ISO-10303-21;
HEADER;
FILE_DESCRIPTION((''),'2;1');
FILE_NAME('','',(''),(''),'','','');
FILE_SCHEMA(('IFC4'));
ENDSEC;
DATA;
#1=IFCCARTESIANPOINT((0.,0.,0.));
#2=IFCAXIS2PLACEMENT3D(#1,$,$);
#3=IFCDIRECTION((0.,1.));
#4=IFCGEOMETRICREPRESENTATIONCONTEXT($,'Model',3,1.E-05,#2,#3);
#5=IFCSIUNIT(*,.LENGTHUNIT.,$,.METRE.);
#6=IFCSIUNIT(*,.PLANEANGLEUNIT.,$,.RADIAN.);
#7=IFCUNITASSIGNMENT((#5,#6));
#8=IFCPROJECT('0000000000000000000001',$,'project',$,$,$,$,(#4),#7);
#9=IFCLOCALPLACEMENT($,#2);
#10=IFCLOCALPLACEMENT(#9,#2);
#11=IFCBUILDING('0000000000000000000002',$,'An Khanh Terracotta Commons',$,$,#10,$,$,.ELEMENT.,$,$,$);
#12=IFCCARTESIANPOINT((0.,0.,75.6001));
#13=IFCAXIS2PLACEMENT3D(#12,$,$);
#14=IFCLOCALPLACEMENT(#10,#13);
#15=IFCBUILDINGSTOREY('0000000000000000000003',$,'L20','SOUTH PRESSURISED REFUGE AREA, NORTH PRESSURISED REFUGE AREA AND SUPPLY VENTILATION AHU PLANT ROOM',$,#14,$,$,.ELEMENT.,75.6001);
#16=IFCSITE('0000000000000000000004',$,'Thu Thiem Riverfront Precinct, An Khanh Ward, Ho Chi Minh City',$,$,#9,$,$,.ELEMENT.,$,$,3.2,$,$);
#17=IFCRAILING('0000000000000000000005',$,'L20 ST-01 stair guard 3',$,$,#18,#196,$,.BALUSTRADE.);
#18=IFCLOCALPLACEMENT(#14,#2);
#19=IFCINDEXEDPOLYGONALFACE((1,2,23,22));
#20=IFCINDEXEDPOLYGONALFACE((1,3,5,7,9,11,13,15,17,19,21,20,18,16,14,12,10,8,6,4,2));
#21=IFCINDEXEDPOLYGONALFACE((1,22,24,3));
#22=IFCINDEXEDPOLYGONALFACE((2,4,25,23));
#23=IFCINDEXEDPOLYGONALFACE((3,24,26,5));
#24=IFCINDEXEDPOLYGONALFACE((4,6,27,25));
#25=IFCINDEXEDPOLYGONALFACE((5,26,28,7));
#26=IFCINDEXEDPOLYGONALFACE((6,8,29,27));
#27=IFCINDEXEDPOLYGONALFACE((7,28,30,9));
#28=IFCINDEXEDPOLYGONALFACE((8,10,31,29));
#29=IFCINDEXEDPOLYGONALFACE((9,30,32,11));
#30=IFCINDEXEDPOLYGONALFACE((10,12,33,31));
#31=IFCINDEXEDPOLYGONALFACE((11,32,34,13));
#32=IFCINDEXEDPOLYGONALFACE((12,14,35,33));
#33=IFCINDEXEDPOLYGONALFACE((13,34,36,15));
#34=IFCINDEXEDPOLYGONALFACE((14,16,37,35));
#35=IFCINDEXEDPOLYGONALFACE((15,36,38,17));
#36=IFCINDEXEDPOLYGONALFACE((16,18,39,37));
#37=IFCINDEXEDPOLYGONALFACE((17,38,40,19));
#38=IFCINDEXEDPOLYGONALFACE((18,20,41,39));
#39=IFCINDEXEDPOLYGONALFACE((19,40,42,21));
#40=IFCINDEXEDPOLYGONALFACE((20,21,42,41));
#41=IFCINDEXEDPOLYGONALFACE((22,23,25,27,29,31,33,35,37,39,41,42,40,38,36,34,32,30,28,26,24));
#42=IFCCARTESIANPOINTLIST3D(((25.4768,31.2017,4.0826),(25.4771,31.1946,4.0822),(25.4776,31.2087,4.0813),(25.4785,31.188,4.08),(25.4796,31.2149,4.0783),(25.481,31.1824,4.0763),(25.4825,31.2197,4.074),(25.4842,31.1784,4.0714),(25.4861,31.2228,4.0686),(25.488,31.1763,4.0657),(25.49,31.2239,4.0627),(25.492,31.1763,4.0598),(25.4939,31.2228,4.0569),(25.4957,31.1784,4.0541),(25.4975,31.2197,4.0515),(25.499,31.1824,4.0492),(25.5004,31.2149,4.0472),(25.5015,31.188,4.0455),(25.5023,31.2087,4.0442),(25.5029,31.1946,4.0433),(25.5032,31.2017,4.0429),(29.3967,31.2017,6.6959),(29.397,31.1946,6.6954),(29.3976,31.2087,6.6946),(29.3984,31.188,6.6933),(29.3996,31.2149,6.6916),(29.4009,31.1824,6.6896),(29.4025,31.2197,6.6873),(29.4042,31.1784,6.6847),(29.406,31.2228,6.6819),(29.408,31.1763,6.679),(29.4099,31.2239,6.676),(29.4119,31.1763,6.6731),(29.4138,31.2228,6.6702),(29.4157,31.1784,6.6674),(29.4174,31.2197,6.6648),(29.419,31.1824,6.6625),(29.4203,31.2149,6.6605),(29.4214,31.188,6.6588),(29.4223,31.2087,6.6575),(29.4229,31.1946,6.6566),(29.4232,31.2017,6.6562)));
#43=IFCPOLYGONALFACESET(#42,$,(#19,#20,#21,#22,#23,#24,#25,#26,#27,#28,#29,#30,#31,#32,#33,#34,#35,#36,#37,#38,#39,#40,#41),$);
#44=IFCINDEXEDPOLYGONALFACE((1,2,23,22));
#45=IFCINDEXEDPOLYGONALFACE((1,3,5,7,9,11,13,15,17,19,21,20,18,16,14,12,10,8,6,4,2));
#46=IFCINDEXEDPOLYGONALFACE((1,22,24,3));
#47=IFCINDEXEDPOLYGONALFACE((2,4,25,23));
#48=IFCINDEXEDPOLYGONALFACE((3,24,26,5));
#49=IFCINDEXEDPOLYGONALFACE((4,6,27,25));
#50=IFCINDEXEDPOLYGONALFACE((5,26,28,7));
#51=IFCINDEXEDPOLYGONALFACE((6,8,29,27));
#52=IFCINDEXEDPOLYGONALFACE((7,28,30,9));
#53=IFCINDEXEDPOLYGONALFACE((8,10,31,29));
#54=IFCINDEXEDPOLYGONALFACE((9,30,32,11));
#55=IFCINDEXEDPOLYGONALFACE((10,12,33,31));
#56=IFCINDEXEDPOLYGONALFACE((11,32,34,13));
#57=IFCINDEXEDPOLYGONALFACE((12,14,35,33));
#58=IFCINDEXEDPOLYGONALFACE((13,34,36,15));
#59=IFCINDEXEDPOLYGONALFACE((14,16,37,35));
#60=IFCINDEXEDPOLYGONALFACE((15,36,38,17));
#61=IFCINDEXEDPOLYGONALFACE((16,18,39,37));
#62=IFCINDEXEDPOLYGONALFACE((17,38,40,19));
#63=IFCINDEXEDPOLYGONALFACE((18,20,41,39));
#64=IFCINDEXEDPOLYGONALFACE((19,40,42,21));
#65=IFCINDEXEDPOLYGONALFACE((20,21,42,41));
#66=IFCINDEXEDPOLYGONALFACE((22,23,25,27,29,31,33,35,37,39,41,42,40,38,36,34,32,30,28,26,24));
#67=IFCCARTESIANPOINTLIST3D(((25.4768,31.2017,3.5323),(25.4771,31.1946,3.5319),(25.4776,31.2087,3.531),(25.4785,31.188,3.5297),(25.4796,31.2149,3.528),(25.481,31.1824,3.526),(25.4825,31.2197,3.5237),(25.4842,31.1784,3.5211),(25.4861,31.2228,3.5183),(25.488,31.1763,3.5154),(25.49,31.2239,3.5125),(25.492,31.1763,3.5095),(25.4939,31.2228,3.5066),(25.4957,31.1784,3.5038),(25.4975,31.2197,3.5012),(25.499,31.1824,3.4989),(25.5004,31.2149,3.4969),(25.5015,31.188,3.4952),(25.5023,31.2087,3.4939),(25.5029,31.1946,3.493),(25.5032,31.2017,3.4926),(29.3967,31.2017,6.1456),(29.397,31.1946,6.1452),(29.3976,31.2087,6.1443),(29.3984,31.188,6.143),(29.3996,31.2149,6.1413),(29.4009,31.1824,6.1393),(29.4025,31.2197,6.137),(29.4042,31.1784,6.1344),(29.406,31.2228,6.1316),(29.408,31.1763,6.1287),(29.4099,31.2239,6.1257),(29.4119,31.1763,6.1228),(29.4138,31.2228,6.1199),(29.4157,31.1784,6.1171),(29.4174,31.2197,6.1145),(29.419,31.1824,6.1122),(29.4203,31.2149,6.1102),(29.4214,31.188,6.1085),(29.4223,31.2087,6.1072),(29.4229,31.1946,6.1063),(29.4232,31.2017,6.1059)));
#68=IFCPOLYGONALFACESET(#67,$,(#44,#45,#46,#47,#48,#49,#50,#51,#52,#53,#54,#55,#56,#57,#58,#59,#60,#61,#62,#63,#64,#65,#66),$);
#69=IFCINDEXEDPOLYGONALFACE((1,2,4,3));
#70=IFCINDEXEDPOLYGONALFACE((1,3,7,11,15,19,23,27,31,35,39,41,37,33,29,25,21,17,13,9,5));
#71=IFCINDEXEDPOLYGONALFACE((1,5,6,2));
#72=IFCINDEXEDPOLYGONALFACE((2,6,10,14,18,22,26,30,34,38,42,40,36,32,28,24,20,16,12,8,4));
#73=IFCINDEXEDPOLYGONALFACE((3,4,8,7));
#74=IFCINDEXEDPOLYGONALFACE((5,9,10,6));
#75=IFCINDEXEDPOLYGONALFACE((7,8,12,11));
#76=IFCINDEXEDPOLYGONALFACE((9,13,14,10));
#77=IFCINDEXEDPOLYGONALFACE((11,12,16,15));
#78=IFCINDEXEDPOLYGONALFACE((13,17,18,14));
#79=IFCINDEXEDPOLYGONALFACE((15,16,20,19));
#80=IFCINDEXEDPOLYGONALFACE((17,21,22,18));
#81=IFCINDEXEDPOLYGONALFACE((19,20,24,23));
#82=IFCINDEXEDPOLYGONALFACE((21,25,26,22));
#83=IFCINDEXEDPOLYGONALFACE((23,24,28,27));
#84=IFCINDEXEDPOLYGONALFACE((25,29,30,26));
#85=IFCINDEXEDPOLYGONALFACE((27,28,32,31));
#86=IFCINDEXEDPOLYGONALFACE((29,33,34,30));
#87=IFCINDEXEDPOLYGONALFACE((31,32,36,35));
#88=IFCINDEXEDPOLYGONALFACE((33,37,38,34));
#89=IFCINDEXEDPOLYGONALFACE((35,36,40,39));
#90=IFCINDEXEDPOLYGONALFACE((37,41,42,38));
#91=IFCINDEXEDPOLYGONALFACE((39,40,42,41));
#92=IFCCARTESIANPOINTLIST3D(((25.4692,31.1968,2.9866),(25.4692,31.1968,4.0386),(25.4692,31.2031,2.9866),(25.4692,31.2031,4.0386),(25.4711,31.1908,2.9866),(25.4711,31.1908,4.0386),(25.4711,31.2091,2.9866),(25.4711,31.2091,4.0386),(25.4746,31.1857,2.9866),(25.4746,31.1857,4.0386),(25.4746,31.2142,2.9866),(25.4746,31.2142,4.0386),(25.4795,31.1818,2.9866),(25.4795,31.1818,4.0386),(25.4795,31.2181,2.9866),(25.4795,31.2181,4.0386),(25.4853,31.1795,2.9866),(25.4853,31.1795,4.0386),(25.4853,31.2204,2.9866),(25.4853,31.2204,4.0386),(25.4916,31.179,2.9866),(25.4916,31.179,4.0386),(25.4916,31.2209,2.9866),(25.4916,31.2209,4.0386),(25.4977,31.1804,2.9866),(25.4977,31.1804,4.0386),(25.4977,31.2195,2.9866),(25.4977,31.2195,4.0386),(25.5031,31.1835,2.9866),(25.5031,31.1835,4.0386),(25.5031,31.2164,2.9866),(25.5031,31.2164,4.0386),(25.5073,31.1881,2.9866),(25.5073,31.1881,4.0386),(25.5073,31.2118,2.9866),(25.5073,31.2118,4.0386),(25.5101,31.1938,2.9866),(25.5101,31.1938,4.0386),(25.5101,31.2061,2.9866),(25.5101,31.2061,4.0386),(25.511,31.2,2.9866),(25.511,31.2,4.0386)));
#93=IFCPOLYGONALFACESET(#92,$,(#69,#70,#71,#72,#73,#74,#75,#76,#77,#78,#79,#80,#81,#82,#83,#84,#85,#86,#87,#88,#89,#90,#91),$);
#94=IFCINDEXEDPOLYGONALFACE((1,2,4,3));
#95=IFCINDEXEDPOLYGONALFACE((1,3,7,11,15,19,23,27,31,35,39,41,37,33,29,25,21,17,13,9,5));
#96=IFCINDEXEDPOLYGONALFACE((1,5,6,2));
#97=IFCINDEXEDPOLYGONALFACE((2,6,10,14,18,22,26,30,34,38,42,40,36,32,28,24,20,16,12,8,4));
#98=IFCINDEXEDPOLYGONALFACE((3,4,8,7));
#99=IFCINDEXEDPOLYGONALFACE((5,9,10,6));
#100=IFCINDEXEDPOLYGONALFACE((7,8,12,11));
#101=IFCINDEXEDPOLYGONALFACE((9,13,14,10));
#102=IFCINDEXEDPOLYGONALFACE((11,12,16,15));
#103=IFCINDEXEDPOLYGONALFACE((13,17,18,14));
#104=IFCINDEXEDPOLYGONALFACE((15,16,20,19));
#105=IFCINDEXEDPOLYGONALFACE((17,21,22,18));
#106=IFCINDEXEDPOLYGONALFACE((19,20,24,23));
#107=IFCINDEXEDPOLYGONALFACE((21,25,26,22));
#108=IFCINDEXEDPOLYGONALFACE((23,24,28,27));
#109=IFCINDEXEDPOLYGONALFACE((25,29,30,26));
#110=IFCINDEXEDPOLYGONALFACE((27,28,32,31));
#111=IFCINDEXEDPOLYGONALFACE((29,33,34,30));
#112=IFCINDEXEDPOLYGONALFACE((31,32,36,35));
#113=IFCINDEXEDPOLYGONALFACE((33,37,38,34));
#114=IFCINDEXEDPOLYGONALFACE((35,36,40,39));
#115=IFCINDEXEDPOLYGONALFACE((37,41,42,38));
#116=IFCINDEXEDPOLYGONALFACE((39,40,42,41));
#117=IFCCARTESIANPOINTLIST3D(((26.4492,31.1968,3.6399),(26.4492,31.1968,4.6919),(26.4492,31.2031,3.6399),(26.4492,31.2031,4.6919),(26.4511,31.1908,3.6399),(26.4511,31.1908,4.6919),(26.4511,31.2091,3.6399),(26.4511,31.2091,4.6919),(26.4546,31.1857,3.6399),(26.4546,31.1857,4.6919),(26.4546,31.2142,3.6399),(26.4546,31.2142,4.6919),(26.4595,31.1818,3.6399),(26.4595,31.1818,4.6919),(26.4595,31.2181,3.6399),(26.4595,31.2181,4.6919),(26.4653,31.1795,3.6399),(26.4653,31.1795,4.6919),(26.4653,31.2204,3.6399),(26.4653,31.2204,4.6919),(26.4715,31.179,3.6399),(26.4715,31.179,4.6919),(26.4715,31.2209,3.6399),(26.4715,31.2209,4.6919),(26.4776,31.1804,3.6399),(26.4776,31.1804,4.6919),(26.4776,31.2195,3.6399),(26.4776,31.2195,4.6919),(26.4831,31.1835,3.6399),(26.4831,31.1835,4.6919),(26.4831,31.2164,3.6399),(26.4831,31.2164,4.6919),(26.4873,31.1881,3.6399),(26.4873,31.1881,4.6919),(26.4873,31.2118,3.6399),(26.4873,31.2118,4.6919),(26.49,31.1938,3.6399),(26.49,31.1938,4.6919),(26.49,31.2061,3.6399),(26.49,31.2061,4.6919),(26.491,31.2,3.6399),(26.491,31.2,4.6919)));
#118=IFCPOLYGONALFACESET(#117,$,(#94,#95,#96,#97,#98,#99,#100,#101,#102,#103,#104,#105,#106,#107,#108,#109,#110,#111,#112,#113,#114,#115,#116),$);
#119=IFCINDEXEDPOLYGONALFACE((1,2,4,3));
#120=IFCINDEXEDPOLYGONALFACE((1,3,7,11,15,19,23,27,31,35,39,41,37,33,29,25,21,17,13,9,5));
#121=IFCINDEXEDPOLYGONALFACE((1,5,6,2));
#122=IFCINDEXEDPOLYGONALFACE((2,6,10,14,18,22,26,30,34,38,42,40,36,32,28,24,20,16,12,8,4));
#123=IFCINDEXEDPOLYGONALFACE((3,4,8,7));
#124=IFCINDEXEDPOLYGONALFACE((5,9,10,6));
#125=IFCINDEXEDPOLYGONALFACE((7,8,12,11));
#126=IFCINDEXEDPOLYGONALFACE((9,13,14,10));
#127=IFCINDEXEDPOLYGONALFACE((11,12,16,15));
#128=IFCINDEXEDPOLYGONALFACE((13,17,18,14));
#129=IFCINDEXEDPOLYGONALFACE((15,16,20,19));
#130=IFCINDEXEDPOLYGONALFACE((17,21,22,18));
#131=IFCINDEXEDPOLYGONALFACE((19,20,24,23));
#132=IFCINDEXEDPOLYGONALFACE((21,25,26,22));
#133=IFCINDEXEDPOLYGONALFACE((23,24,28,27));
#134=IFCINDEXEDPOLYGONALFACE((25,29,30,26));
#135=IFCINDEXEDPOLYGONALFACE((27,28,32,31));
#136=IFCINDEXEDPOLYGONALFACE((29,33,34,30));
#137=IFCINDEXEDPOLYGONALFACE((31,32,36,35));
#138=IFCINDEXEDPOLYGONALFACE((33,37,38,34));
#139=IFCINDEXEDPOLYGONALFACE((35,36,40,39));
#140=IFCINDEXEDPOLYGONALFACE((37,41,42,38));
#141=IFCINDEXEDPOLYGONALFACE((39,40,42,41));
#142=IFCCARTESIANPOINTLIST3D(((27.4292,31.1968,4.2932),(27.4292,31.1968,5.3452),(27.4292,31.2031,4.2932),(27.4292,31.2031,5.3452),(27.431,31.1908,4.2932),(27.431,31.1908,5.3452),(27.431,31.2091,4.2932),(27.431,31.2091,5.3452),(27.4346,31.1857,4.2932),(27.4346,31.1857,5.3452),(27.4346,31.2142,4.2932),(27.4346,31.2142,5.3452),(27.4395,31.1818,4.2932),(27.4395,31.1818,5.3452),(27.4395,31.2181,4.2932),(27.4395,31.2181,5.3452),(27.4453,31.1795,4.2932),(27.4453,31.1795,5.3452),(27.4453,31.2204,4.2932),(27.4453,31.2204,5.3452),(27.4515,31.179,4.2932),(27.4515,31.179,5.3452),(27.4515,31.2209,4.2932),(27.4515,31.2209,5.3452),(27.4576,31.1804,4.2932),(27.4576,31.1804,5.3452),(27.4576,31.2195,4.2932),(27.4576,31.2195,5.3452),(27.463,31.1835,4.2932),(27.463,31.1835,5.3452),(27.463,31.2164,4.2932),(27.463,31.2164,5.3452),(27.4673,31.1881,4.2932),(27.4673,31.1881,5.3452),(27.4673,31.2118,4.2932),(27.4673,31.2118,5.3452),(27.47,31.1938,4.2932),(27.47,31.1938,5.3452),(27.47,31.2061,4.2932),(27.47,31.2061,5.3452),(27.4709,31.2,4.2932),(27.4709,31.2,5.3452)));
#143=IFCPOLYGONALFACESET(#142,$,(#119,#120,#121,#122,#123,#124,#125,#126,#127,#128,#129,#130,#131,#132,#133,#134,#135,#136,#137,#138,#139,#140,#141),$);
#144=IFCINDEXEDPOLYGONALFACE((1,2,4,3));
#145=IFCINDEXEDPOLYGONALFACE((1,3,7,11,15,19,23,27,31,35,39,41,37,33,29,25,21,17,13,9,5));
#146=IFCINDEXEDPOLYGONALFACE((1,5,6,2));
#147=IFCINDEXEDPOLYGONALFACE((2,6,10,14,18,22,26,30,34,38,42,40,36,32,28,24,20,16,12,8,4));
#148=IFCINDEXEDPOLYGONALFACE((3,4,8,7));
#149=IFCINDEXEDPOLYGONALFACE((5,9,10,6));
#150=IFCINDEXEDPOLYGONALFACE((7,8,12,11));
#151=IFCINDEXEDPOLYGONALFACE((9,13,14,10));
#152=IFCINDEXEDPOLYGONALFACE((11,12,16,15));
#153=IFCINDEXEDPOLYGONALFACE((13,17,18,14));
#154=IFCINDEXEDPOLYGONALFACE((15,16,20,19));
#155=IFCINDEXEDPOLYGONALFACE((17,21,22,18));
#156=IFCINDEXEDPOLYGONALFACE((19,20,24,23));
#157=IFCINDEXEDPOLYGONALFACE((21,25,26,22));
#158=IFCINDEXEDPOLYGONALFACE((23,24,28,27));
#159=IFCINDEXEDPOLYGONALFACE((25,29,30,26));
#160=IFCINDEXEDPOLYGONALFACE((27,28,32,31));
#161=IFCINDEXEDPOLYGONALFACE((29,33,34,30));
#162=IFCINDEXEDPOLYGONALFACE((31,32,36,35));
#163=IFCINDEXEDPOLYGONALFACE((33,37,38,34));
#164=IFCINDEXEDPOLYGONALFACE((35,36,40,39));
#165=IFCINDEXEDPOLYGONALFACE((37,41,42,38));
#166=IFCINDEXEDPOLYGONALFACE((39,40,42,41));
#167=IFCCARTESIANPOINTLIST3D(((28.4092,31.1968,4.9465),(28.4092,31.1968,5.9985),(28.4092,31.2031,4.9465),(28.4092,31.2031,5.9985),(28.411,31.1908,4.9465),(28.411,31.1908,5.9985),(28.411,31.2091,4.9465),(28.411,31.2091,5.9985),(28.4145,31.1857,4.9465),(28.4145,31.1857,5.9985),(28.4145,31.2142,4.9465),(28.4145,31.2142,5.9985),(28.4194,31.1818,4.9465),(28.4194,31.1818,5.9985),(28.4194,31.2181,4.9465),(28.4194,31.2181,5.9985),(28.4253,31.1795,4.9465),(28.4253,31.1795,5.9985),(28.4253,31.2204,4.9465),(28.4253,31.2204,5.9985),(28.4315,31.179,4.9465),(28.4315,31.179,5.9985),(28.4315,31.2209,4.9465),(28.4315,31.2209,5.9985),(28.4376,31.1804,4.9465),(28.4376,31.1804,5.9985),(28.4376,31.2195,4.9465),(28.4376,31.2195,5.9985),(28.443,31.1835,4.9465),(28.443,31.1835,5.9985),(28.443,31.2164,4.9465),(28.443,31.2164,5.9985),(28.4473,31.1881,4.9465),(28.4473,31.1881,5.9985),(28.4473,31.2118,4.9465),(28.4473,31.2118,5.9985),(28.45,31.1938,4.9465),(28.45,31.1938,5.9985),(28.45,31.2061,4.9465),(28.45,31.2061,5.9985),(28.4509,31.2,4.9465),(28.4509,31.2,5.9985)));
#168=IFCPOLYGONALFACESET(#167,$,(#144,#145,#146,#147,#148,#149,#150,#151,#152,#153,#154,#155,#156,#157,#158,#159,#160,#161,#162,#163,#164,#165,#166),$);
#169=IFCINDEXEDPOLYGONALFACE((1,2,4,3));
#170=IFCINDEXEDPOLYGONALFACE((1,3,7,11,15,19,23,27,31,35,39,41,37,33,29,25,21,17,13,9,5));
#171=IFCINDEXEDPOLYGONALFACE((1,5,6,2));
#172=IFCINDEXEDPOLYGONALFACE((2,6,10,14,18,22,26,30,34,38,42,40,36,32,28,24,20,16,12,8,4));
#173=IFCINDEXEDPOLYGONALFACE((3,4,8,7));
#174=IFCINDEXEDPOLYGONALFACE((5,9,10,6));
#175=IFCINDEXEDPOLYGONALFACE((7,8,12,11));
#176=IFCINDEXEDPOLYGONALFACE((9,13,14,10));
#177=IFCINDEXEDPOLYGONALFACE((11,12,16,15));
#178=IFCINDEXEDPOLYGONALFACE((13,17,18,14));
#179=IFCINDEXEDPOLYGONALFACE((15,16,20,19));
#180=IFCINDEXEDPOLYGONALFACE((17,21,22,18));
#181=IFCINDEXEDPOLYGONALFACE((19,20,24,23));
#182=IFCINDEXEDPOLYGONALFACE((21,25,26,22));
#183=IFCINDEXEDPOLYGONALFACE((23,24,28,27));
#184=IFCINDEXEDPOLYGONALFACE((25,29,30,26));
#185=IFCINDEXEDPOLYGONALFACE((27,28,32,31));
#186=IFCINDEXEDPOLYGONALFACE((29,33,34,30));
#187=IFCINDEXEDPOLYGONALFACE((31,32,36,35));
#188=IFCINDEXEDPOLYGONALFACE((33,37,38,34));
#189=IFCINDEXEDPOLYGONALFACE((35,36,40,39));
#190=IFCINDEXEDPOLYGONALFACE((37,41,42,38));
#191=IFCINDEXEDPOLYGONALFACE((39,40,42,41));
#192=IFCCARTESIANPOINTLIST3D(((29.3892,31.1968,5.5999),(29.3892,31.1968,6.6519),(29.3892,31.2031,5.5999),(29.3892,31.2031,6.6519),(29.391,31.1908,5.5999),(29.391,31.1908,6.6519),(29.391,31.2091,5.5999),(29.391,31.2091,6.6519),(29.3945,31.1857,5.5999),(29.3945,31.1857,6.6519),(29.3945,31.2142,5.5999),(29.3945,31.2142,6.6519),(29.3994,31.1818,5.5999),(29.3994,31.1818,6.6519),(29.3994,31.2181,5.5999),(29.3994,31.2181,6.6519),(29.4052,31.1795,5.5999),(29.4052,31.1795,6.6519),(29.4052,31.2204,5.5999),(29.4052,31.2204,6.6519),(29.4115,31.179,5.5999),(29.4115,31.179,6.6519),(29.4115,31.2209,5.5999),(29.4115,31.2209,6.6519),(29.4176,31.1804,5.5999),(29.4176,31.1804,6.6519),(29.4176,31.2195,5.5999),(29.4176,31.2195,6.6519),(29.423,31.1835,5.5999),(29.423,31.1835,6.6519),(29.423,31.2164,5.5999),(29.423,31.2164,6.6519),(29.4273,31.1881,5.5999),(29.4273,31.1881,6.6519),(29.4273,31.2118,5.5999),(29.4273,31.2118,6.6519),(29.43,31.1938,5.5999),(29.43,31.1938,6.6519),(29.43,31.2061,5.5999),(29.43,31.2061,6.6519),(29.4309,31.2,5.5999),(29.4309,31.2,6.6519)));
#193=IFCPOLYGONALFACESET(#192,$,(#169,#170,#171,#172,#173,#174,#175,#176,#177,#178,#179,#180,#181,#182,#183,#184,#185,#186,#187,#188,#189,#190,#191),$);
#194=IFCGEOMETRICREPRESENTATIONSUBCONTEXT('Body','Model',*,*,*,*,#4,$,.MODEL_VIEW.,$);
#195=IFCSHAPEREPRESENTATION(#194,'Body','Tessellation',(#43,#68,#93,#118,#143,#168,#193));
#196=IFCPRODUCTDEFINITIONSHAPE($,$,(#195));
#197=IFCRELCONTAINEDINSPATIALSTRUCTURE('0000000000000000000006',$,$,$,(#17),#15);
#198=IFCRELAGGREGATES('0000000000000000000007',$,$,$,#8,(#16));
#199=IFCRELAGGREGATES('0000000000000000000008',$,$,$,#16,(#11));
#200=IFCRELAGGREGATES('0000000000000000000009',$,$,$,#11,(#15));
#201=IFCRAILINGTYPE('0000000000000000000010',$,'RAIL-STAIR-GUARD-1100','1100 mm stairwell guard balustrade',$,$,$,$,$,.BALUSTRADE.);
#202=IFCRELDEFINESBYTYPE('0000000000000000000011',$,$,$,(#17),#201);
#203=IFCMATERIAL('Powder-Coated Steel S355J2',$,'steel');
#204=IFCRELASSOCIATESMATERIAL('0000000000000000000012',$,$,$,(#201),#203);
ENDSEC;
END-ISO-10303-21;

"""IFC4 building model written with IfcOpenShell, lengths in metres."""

from ifc_helpers import new_model, si_unit, direction, frame, origin, origin_2d, place, context, subcontext, project, spatial, circle, extrude, material, type_object, element, save


model = new_model("IFC4")

# Units and contexts
model_context = context("Model", 3, precision=1e-05, world=origin(), true_north=direction((0.0, 1.0)))
body_context = subcontext(model_context, "Body", "Model", "MODEL_VIEW")
ifc_project = project(units=[si_unit("LENGTHUNIT", "METRE"), si_unit("PLANEANGLEUNIT", "RADIAN")], contexts=[model_context])

# Site, building, storey
site_placement = place(None, origin())
site = spatial("IfcSite", under=ifc_project, at=site_placement, Name="Thu Thiem Riverfront Precinct, An Khanh Ward, Ho Chi Minh City", CompositionType="ELEMENT", RefElevation=3.2)
building_placement = place(site_placement, origin())
building = spatial("IfcBuilding", under=site, at=building_placement, Name="An Khanh Terracotta Commons", CompositionType="ELEMENT")
storey_placement = place(building_placement, frame((0.0, 0.0, 75.6001)))
storey = spatial("IfcBuildingStorey", under=building, at=storey_placement, Name="L20", Description="SOUTH PRESSURISED REFUGE AREA, NORTH PRESSURISED REFUGE AREA AND SUPPLY VENTILATION AHU PLANT ROOM", CompositionType="ELEMENT", Elevation=75.6001)

# Railing
ifc_material_1 = material(Name="Powder-Coated Steel S355J2", Category="steel")
railing_type_1 = type_object("IfcRailingType", Name="RAIL-STAIR-GUARD-1100", Description="1100 mm stairwell guard balustrade", PredefinedType="BALUSTRADE", material=ifc_material_1)
railing_1_placement = place(storey_placement, frame((25.49, 31.2, 2.9866)))
element("IfcRailing", 1, at=railing_1_placement, inside=storey, type_object=railing_type_1, Name="L20 ST-01 stair guard 3", PredefinedType="BALUSTRADE", context=body_context, shape_type="SweptSolid", body=[
    extrude(circle(Radius=0.0239, at=origin_2d()), frame((0.0, 0.0, 1.0762), z_axis=(0.83205, 0.0, 0.5547), x_axis=(0.0, 1.0, 0.0)), (0.0, 0.0, 1.0), 4.7112),
    extrude(circle(Radius=0.0239, at=origin_2d()), frame((0.0, 0.0, 0.5259), z_axis=(0.83205, 0.0, 0.5547), x_axis=(0.0, 1.0, 0.0)), (0.0, 0.0, 1.0), 4.7112),
    extrude(circle(Radius=0.021, at=origin_2d()), origin(), (0.0, 0.0, 1.0), 1.052),
    extrude(circle(Radius=0.021, at=origin_2d()), frame((0.98, 0.0, 0.6533)), (0.0, 0.0, 1.0), 1.052),
    extrude(circle(Radius=0.021, at=origin_2d()), frame((1.96, 0.0, 1.3066)), (0.0, 0.0, 1.0), 1.052),
    extrude(circle(Radius=0.021, at=origin_2d()), frame((2.9399, 0.0, 1.96)), (0.0, 0.0, 1.0), 1.052),
    extrude(circle(Radius=0.021, at=origin_2d()), frame((3.9199, 0.0, 2.6133)), (0.0, 0.0, 1.0), 1.052),
])

save(model, "model.ifc")
